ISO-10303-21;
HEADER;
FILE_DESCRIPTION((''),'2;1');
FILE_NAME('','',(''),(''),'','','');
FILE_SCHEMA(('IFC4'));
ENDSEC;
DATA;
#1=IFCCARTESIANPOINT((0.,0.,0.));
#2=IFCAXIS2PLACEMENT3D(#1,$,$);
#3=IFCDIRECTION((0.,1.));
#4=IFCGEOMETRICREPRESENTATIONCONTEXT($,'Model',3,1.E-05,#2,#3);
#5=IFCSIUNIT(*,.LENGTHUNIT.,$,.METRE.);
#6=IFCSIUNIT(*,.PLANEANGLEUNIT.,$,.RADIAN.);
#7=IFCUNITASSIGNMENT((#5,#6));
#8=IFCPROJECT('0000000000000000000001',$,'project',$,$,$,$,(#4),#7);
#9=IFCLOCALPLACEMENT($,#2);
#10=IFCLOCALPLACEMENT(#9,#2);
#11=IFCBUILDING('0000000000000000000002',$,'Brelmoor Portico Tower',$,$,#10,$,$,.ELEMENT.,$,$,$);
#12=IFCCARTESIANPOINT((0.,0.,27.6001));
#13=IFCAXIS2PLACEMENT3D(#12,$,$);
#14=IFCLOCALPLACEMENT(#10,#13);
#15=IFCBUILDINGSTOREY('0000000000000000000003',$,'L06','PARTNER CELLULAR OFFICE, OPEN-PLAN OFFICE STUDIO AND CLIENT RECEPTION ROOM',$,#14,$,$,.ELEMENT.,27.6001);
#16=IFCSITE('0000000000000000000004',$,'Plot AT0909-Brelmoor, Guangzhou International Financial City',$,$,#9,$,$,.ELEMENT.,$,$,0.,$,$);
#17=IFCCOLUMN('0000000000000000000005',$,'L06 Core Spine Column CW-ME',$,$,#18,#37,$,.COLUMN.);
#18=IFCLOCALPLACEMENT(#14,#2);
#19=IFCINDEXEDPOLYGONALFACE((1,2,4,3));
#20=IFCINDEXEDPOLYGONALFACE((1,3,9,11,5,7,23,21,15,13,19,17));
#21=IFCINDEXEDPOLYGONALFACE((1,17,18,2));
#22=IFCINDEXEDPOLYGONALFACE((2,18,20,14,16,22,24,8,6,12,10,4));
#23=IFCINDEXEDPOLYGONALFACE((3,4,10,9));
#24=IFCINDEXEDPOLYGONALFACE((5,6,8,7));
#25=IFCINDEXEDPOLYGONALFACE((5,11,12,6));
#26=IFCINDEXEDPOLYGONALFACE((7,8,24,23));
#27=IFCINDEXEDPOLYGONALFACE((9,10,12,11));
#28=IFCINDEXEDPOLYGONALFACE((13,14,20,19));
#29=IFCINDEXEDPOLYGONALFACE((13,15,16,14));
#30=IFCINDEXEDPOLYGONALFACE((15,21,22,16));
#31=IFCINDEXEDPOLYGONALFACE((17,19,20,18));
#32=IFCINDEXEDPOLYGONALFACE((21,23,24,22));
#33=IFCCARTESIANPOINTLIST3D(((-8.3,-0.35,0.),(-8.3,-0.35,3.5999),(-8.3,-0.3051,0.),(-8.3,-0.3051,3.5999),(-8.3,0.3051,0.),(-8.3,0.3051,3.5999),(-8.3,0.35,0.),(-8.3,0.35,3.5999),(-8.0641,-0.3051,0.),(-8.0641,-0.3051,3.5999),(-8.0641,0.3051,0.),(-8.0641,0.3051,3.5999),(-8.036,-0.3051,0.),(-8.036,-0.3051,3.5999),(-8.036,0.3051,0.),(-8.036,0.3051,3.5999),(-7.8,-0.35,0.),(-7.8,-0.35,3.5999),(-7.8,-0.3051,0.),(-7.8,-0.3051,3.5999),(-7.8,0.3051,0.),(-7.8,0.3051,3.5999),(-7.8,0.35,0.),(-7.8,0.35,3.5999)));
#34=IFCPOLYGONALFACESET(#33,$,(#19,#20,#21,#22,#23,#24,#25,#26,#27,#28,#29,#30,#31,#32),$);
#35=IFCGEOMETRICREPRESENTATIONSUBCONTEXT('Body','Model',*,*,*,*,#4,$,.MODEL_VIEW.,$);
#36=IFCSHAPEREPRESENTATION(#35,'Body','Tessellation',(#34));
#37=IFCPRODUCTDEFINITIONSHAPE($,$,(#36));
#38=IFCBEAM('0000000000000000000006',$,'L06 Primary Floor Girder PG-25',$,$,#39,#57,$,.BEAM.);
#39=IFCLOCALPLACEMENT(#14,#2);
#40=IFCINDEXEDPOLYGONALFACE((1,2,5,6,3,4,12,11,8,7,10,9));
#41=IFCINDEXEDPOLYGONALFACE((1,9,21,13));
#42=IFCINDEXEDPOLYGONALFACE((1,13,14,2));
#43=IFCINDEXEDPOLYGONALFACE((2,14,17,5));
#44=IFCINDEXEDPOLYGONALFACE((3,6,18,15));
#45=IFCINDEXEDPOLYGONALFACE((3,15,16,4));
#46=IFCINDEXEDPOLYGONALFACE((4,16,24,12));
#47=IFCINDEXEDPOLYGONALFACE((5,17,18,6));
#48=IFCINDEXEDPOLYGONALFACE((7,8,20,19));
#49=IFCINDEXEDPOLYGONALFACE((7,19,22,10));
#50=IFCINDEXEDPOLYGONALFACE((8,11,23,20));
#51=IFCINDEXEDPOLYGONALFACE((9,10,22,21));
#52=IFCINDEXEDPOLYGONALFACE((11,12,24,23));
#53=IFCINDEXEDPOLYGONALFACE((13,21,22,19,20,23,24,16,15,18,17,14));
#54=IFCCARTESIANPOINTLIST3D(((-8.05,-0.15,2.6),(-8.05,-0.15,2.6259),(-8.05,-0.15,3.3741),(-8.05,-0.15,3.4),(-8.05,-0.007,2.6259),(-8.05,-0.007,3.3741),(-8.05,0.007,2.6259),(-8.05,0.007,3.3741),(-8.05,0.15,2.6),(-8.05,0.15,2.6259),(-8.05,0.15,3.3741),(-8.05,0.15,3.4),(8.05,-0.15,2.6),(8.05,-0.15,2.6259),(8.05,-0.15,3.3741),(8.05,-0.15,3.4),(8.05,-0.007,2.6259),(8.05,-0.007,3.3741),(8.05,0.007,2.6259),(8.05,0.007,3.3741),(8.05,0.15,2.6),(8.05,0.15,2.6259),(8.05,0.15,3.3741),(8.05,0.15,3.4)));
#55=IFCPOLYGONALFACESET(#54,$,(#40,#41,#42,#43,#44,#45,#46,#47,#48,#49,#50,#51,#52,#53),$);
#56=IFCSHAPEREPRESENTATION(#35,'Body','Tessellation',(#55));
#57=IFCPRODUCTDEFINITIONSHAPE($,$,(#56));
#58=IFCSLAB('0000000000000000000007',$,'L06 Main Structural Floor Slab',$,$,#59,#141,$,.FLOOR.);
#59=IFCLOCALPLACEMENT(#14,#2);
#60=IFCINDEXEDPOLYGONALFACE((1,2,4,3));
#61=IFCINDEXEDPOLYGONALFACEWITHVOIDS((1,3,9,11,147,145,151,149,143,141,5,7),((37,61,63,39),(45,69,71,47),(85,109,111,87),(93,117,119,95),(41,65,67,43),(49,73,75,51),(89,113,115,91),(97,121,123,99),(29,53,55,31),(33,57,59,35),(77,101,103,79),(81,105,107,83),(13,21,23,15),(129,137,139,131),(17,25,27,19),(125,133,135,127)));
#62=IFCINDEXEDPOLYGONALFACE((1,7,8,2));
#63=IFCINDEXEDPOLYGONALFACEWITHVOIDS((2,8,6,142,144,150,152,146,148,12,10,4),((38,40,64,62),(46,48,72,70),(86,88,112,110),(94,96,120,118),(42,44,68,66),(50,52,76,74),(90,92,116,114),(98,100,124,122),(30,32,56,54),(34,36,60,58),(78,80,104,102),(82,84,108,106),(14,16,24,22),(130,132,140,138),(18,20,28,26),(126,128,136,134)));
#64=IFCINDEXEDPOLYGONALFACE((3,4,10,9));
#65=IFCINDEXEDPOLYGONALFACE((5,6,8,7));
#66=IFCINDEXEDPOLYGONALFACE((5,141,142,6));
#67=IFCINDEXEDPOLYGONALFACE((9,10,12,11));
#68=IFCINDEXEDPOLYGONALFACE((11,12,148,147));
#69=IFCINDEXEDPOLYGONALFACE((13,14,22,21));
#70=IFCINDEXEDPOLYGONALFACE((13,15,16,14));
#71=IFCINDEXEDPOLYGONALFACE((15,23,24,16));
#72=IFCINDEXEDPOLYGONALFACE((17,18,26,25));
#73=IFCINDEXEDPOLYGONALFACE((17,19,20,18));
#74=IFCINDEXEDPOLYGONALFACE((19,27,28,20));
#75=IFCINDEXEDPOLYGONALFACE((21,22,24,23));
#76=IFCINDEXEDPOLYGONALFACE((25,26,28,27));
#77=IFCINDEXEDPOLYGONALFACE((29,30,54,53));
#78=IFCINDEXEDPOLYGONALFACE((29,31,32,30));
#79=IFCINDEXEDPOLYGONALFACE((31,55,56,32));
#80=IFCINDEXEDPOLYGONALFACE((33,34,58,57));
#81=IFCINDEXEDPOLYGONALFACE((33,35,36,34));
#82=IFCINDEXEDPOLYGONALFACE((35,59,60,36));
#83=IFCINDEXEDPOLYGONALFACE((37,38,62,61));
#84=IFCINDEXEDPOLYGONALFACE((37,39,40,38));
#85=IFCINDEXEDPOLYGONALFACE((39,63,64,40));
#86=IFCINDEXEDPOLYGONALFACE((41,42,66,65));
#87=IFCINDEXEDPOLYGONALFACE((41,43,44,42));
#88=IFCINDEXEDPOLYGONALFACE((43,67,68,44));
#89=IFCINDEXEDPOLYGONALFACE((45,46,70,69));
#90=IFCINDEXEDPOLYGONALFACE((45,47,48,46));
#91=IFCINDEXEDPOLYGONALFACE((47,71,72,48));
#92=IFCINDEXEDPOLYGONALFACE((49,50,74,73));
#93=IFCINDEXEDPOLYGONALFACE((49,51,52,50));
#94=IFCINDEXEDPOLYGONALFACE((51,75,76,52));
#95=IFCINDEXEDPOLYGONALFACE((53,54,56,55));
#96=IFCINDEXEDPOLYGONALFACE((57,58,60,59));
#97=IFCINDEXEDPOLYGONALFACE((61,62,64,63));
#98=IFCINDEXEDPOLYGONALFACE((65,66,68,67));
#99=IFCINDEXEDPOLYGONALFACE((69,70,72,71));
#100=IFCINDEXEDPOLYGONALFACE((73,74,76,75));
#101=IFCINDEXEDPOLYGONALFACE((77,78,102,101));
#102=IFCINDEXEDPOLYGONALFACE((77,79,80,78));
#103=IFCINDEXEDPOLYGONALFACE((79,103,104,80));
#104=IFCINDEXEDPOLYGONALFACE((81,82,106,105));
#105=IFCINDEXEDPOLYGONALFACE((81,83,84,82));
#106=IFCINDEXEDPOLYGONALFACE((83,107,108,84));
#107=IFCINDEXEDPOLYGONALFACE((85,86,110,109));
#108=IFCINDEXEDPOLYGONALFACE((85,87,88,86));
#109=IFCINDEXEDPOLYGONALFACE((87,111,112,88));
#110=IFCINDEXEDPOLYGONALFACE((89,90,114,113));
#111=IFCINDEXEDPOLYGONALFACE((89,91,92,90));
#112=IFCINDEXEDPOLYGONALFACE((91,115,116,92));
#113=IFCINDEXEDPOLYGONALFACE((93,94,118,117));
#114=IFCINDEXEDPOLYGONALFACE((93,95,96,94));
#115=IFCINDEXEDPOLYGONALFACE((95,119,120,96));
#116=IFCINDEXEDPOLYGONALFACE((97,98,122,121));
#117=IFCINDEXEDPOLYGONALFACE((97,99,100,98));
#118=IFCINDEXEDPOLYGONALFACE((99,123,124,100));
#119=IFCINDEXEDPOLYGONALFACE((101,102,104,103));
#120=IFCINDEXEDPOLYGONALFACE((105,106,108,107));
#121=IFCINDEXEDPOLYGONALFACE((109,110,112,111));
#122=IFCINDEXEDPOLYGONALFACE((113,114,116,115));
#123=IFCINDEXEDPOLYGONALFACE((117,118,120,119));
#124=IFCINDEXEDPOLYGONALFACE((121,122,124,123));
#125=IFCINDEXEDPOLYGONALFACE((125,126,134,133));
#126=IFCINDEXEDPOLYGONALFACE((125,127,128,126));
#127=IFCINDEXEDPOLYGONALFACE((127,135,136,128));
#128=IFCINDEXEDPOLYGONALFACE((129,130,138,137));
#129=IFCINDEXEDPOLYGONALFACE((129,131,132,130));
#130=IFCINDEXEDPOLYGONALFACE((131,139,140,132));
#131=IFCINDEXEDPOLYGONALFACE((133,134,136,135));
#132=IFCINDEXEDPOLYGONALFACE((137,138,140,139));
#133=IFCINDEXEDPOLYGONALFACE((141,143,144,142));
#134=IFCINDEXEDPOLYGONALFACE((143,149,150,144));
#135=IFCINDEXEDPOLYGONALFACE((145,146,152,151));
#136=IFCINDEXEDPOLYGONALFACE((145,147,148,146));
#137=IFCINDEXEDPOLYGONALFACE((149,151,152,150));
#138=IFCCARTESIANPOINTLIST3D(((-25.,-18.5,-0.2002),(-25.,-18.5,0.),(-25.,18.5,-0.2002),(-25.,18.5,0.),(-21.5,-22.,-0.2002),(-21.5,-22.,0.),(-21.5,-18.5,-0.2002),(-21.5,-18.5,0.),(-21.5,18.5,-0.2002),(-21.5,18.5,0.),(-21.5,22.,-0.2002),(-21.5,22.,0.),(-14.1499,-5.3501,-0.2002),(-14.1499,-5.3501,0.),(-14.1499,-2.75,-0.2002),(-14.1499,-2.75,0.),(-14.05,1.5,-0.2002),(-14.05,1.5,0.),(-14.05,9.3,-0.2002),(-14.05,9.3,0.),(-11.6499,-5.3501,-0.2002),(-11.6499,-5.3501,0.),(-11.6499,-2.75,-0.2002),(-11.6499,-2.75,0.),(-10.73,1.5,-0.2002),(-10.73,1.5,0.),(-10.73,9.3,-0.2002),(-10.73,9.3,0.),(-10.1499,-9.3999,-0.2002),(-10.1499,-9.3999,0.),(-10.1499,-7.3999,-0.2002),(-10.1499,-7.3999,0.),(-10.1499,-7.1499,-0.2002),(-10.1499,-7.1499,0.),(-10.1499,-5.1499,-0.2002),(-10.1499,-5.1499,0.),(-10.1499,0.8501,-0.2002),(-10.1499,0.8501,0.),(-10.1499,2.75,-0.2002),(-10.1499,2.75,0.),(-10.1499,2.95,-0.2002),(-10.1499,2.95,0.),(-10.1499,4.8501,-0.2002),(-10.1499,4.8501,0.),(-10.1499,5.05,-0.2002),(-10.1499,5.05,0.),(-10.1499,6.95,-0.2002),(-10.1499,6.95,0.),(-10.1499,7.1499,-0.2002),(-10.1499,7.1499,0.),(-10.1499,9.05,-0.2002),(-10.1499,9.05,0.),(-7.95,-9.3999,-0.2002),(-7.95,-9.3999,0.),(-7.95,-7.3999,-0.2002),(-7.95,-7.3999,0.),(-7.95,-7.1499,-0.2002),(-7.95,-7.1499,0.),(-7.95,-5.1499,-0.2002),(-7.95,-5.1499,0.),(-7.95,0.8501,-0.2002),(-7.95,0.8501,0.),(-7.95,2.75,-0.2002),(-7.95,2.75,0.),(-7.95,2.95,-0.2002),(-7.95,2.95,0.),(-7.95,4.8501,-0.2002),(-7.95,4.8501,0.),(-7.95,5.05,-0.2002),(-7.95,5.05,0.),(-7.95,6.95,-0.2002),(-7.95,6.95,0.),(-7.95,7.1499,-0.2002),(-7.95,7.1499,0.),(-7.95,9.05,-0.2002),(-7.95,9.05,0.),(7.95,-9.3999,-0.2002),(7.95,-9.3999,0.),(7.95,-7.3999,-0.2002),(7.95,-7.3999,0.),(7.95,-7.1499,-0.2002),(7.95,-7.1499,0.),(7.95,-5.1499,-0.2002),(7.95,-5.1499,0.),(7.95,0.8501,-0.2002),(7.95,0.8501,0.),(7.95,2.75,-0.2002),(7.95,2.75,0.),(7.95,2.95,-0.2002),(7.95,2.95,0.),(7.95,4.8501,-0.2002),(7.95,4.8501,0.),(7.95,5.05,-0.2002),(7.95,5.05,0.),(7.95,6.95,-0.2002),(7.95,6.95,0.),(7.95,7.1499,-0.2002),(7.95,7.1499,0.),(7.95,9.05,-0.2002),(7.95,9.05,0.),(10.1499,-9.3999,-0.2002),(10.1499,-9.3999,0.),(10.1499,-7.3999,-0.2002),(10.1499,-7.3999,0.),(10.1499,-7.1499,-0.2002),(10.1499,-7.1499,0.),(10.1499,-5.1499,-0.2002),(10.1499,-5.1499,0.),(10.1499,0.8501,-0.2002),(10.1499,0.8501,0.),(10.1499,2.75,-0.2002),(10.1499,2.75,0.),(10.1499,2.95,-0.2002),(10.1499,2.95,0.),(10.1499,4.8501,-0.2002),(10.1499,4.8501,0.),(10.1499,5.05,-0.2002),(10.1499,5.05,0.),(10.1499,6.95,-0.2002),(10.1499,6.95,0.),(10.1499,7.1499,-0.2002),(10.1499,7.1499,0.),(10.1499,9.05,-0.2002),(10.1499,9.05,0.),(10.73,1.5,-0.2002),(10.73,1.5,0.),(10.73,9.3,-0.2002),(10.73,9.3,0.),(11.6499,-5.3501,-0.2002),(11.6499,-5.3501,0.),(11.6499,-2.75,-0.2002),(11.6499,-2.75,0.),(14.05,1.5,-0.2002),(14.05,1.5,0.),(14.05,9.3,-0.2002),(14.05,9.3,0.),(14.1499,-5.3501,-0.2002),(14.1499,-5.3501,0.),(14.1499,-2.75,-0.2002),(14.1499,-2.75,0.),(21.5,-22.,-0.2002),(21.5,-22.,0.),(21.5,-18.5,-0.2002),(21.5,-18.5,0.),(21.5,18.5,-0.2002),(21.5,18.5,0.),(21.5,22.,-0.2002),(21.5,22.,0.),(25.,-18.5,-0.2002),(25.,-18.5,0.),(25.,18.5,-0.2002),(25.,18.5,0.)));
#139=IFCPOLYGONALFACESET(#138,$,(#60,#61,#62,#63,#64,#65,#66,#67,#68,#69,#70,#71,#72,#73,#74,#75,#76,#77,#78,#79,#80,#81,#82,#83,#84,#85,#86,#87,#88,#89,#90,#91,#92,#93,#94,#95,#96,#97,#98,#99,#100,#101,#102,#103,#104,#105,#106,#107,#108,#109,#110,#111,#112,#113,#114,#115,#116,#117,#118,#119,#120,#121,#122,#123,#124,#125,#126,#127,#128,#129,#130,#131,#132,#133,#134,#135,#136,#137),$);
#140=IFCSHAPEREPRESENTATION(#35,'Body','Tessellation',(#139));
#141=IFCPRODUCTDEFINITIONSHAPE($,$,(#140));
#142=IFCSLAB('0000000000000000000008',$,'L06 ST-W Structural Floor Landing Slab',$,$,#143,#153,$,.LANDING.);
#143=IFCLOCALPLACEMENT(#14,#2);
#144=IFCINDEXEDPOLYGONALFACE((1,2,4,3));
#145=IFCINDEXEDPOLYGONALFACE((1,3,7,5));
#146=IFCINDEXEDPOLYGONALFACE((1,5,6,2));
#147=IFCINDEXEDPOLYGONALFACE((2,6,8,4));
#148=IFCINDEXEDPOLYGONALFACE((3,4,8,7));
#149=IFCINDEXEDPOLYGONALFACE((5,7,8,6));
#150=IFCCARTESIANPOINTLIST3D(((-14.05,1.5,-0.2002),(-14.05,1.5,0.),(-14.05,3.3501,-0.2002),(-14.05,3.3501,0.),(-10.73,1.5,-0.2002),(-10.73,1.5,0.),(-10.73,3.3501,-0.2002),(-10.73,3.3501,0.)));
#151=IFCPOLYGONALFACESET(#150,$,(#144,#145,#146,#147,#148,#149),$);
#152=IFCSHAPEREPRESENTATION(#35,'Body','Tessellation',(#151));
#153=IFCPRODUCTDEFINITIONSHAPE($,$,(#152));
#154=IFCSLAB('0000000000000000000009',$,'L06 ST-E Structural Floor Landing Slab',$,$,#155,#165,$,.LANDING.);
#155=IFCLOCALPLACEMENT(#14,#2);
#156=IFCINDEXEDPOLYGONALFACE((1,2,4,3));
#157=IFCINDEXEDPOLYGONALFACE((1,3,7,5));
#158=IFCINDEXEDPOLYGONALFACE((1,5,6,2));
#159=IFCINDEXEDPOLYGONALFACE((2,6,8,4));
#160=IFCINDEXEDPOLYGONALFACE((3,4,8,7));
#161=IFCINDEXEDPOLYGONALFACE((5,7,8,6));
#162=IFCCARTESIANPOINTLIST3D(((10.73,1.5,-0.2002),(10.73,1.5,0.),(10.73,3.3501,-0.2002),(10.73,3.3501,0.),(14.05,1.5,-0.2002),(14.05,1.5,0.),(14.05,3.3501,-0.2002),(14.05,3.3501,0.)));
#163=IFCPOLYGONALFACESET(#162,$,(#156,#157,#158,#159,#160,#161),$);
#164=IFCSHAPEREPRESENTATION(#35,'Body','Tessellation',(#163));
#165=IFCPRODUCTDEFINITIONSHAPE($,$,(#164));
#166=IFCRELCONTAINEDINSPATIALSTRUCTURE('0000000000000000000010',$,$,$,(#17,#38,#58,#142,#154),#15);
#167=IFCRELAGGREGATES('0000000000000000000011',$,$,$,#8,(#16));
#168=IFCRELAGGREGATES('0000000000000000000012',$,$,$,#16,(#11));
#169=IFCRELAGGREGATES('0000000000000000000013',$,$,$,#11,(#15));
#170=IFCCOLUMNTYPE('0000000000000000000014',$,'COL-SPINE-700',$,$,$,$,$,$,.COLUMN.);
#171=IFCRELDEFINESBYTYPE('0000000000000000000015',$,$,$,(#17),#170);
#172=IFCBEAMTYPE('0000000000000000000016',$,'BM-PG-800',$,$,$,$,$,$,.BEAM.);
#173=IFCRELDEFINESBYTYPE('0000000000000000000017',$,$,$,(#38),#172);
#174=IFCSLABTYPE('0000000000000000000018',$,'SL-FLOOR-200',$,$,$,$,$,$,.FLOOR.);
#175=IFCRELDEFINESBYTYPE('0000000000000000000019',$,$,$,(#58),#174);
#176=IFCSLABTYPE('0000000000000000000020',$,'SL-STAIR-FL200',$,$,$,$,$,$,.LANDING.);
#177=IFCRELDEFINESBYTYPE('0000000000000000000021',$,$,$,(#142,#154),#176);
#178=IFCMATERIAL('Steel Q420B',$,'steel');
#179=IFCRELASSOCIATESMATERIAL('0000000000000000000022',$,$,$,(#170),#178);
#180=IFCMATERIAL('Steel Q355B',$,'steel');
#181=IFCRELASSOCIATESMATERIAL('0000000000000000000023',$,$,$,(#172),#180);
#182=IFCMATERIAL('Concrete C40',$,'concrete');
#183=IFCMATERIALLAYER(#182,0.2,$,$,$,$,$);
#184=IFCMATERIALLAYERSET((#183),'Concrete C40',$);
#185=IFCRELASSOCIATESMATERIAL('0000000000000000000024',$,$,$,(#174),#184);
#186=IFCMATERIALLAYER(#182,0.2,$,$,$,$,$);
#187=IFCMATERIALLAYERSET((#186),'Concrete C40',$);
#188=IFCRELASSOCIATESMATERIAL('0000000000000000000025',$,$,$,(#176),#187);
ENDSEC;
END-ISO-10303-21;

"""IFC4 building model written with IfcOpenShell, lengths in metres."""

from ifc_helpers import new_model, si_unit, direction, frame, origin, origin_2d, place, context, subcontext, project, spatial, polyline, i_section, outline, extrude, material, layer, layer_set, material_profile, profile_set, type_object, element, save


model = new_model("IFC4")

# Units and contexts
model_context = context("Model", 3, precision=1e-05, world=origin(), true_north=direction((0.0, 1.0)))
body_context = subcontext(model_context, "Body", "Model", "MODEL_VIEW")
ifc_project = project(units=[si_unit("LENGTHUNIT", "METRE"), si_unit("PLANEANGLEUNIT", "RADIAN")], contexts=[model_context])

# Site, building, storey
site_placement = place(None, origin())
site = spatial("IfcSite", under=ifc_project, at=site_placement, Name="Plot AT0909-Brelmoor, Guangzhou International Financial City", CompositionType="ELEMENT", RefElevation=0.0)
building_placement = place(site_placement, origin())
building = spatial("IfcBuilding", under=site, at=building_placement, Name="Brelmoor Portico Tower", CompositionType="ELEMENT")
storey_placement = place(building_placement, frame((0.0, 0.0, 27.6001)))
storey = spatial("IfcBuildingStorey", under=building, at=storey_placement, Name="L06", Description="PARTNER CELLULAR OFFICE, OPEN-PLAN OFFICE STUDIO AND CLIENT RECEPTION ROOM", CompositionType="ELEMENT", Elevation=27.6001)

# Column
ifc_material_1 = material(Name="Steel Q420B", Category="steel")
ifc_material_profile_1 = material_profile(ifc_material_1, i_section(OverallWidth=0.5, OverallDepth=0.7, WebThickness=0.0281, FlangeThickness=0.0449, at=origin_2d()), Name="HW 700x500x28x45")
ifc_profile_set_1 = profile_set([ifc_material_profile_1], Name="Steel Q420B")
column_type = type_object("IfcColumnType", Name="COL-SPINE-700", PredefinedType="COLUMN", material=ifc_profile_set_1)
column_placement = place(storey_placement, frame((-8.05, 0.0, 0.0), z_axis=(0.0, 0.0, 1.0), x_axis=(1.0, 0.0, 0.0)))
element("IfcColumn", 1, at=column_placement, inside=storey, type_object=column_type, Name="L06 Core Spine Column CW-ME", PredefinedType="COLUMN", context=body_context, shape_type="SweptSolid", body=[
    extrude(i_section(OverallWidth=0.5, OverallDepth=0.7, WebThickness=0.0281, FlangeThickness=0.0449, at=origin_2d()), origin(), (0.0, 0.0, 1.0), 3.5999),
])

# Beam
ifc_material_2 = material(Name="Steel Q355B", Category="steel")
ifc_material_profile_2 = material_profile(ifc_material_2, i_section(OverallWidth=0.3, OverallDepth=0.8, WebThickness=0.0139, FlangeThickness=0.0259, at=origin_2d()), Name="HN 800x300x14x26")
ifc_profile_set_2 = profile_set([ifc_material_profile_2], Name="Steel Q355B")
beam_type = type_object("IfcBeamType", Name="BM-PG-800", PredefinedType="BEAM", material=ifc_profile_set_2)
beam_placement = place(storey_placement, frame((-8.05, 0.0, 3.0), z_axis=(1.0, 0.0, 0.0), x_axis=(0.0, 1.0, 0.0)))
element("IfcBeam", 2, at=beam_placement, inside=storey, type_object=beam_type, Name="L06 Primary Floor Girder PG-25", PredefinedType="BEAM", context=body_context, shape_type="SweptSolid", body=[
    extrude(i_section(OverallWidth=0.3, OverallDepth=0.8, WebThickness=0.0139, FlangeThickness=0.0259, at=origin_2d()), origin(), (0.0, 0.0, 1.0), 16.1001),
])

# Slabs
ifc_material_3 = material(Name="Concrete C40", Category="concrete")
ifc_layer_1 = layer(ifc_material_3, 0.2)
ifc_layer_set_1 = layer_set([ifc_layer_1], Name="Concrete C40")
slab_type_1 = type_object("IfcSlabType", Name="SL-FLOOR-200", PredefinedType="FLOOR", material=ifc_layer_set_1)
slab_1_placement = place(storey_placement, frame((0.0, 0.0, -0.2002)))
element("IfcSlab", 3, at=slab_1_placement, inside=storey, type_object=slab_type_1, Name="L06 Main Structural Floor Slab", PredefinedType="FLOOR", context=body_context, shape_type="SweptSolid", body=[
    extrude(outline(polyline([(-21.5, -22.0), (21.5, -22.0), (21.5, -18.5), (25.0, -18.5), (25.0, 18.5), (21.5, 18.5), (21.5, 22.0), (-21.5, 22.0), (-21.5, 18.5), (-25.0, 18.5), (-25.0, -18.5), (-21.5, -18.5), (-21.5, -22.0)]), holes=[polyline([(-10.73, 1.5), (-10.73, 9.3), (-14.05, 9.3), (-14.05, 1.5), (-10.73, 1.5)]), polyline([(14.05, 1.5), (14.05, 9.3), (10.73, 9.3), (10.73, 1.5), (14.05, 1.5)]), polyline([(-10.1499, 0.8501), (-7.95, 0.8501), (-7.95, 2.75), (-10.1499, 2.75), (-10.1499, 0.8501)]), polyline([(-10.1499, 2.95), (-7.95, 2.95), (-7.95, 4.8501), (-10.1499, 4.8501), (-10.1499, 2.95)]), polyline([(-10.1499, 5.05), (-7.95, 5.05), (-7.95, 6.95), (-10.1499, 6.95), (-10.1499, 5.05)]), polyline([(-10.1499, 7.1499), (-7.95, 7.1499), (-7.95, 9.05), (-10.1499, 9.05), (-10.1499, 7.1499)]), polyline([(7.95, 0.8501), (10.1499, 0.8501), (10.1499, 2.75), (7.95, 2.75), (7.95, 0.8501)]), polyline([(7.95, 2.95), (10.1499, 2.95), (10.1499, 4.8501), (7.95, 4.8501), (7.95, 2.95)]), polyline([(7.95, 5.05), (10.1499, 5.05), (10.1499, 6.95), (7.95, 6.95), (7.95, 5.05)]), polyline([(7.95, 7.1499), (10.1499, 7.1499), (10.1499, 9.05), (7.95, 9.05), (7.95, 7.1499)]), polyline([(-10.1499, -9.3999), (-7.95, -9.3999), (-7.95, -7.3999), (-10.1499, -7.3999), (-10.1499, -9.3999)]), polyline([(-10.1499, -7.1499), (-7.95, -7.1499), (-7.95, -5.1499), (-10.1499, -5.1499), (-10.1499, -7.1499)]), polyline([(7.95, -9.3999), (10.1499, -9.3999), (10.1499, -7.3999), (7.95, -7.3999), (7.95, -9.3999)]), polyline([(7.95, -7.1499), (10.1499, -7.1499), (10.1499, -5.1499), (7.95, -5.1499), (7.95, -7.1499)]), polyline([(-14.1499, -5.3501), (-11.6499, -5.3501), (-11.6499, -2.75), (-14.1499, -2.75), (-14.1499, -5.3501)]), polyline([(11.6499, -5.3501), (14.1499, -5.3501), (14.1499, -2.75), (11.6499, -2.75), (11.6499, -5.3501)])]), origin(), (0.0, 0.0, 1.0), 0.2002),
])
ifc_layer_2 = layer(ifc_material_3, 0.2)
ifc_layer_set_2 = layer_set([ifc_layer_2], Name="Concrete C40")
slab_type_2 = type_object("IfcSlabType", Name="SL-STAIR-FL200", PredefinedType="LANDING", material=ifc_layer_set_2)
slab_2_placement = place(storey_placement, frame((0.0, 0.0, -0.2002)))
element("IfcSlab", 4, at=slab_2_placement, inside=storey, type_object=slab_type_2, Name="L06 ST-W Structural Floor Landing Slab", PredefinedType="LANDING", context=body_context, shape_type="SweptSolid", body=[
    extrude(outline(polyline([(-10.73, 1.5), (-10.73, 3.3501), (-14.05, 3.3501), (-14.05, 1.5), (-10.73, 1.5)])), origin(), (0.0, 0.0, 1.0), 0.2002),
])
slab_3_placement = place(storey_placement, frame((0.0, 0.0, -0.2002)))
element("IfcSlab", 5, at=slab_3_placement, inside=storey, type_object=slab_type_2, Name="L06 ST-E Structural Floor Landing Slab", PredefinedType="LANDING", context=body_context, shape_type="SweptSolid", body=[
    extrude(outline(polyline([(14.05, 1.5), (14.05, 3.3501), (10.73, 3.3501), (10.73, 1.5), (14.05, 1.5)])), origin(), (0.0, 0.0, 1.0), 0.2002),
])

save(model, "model.ifc")
